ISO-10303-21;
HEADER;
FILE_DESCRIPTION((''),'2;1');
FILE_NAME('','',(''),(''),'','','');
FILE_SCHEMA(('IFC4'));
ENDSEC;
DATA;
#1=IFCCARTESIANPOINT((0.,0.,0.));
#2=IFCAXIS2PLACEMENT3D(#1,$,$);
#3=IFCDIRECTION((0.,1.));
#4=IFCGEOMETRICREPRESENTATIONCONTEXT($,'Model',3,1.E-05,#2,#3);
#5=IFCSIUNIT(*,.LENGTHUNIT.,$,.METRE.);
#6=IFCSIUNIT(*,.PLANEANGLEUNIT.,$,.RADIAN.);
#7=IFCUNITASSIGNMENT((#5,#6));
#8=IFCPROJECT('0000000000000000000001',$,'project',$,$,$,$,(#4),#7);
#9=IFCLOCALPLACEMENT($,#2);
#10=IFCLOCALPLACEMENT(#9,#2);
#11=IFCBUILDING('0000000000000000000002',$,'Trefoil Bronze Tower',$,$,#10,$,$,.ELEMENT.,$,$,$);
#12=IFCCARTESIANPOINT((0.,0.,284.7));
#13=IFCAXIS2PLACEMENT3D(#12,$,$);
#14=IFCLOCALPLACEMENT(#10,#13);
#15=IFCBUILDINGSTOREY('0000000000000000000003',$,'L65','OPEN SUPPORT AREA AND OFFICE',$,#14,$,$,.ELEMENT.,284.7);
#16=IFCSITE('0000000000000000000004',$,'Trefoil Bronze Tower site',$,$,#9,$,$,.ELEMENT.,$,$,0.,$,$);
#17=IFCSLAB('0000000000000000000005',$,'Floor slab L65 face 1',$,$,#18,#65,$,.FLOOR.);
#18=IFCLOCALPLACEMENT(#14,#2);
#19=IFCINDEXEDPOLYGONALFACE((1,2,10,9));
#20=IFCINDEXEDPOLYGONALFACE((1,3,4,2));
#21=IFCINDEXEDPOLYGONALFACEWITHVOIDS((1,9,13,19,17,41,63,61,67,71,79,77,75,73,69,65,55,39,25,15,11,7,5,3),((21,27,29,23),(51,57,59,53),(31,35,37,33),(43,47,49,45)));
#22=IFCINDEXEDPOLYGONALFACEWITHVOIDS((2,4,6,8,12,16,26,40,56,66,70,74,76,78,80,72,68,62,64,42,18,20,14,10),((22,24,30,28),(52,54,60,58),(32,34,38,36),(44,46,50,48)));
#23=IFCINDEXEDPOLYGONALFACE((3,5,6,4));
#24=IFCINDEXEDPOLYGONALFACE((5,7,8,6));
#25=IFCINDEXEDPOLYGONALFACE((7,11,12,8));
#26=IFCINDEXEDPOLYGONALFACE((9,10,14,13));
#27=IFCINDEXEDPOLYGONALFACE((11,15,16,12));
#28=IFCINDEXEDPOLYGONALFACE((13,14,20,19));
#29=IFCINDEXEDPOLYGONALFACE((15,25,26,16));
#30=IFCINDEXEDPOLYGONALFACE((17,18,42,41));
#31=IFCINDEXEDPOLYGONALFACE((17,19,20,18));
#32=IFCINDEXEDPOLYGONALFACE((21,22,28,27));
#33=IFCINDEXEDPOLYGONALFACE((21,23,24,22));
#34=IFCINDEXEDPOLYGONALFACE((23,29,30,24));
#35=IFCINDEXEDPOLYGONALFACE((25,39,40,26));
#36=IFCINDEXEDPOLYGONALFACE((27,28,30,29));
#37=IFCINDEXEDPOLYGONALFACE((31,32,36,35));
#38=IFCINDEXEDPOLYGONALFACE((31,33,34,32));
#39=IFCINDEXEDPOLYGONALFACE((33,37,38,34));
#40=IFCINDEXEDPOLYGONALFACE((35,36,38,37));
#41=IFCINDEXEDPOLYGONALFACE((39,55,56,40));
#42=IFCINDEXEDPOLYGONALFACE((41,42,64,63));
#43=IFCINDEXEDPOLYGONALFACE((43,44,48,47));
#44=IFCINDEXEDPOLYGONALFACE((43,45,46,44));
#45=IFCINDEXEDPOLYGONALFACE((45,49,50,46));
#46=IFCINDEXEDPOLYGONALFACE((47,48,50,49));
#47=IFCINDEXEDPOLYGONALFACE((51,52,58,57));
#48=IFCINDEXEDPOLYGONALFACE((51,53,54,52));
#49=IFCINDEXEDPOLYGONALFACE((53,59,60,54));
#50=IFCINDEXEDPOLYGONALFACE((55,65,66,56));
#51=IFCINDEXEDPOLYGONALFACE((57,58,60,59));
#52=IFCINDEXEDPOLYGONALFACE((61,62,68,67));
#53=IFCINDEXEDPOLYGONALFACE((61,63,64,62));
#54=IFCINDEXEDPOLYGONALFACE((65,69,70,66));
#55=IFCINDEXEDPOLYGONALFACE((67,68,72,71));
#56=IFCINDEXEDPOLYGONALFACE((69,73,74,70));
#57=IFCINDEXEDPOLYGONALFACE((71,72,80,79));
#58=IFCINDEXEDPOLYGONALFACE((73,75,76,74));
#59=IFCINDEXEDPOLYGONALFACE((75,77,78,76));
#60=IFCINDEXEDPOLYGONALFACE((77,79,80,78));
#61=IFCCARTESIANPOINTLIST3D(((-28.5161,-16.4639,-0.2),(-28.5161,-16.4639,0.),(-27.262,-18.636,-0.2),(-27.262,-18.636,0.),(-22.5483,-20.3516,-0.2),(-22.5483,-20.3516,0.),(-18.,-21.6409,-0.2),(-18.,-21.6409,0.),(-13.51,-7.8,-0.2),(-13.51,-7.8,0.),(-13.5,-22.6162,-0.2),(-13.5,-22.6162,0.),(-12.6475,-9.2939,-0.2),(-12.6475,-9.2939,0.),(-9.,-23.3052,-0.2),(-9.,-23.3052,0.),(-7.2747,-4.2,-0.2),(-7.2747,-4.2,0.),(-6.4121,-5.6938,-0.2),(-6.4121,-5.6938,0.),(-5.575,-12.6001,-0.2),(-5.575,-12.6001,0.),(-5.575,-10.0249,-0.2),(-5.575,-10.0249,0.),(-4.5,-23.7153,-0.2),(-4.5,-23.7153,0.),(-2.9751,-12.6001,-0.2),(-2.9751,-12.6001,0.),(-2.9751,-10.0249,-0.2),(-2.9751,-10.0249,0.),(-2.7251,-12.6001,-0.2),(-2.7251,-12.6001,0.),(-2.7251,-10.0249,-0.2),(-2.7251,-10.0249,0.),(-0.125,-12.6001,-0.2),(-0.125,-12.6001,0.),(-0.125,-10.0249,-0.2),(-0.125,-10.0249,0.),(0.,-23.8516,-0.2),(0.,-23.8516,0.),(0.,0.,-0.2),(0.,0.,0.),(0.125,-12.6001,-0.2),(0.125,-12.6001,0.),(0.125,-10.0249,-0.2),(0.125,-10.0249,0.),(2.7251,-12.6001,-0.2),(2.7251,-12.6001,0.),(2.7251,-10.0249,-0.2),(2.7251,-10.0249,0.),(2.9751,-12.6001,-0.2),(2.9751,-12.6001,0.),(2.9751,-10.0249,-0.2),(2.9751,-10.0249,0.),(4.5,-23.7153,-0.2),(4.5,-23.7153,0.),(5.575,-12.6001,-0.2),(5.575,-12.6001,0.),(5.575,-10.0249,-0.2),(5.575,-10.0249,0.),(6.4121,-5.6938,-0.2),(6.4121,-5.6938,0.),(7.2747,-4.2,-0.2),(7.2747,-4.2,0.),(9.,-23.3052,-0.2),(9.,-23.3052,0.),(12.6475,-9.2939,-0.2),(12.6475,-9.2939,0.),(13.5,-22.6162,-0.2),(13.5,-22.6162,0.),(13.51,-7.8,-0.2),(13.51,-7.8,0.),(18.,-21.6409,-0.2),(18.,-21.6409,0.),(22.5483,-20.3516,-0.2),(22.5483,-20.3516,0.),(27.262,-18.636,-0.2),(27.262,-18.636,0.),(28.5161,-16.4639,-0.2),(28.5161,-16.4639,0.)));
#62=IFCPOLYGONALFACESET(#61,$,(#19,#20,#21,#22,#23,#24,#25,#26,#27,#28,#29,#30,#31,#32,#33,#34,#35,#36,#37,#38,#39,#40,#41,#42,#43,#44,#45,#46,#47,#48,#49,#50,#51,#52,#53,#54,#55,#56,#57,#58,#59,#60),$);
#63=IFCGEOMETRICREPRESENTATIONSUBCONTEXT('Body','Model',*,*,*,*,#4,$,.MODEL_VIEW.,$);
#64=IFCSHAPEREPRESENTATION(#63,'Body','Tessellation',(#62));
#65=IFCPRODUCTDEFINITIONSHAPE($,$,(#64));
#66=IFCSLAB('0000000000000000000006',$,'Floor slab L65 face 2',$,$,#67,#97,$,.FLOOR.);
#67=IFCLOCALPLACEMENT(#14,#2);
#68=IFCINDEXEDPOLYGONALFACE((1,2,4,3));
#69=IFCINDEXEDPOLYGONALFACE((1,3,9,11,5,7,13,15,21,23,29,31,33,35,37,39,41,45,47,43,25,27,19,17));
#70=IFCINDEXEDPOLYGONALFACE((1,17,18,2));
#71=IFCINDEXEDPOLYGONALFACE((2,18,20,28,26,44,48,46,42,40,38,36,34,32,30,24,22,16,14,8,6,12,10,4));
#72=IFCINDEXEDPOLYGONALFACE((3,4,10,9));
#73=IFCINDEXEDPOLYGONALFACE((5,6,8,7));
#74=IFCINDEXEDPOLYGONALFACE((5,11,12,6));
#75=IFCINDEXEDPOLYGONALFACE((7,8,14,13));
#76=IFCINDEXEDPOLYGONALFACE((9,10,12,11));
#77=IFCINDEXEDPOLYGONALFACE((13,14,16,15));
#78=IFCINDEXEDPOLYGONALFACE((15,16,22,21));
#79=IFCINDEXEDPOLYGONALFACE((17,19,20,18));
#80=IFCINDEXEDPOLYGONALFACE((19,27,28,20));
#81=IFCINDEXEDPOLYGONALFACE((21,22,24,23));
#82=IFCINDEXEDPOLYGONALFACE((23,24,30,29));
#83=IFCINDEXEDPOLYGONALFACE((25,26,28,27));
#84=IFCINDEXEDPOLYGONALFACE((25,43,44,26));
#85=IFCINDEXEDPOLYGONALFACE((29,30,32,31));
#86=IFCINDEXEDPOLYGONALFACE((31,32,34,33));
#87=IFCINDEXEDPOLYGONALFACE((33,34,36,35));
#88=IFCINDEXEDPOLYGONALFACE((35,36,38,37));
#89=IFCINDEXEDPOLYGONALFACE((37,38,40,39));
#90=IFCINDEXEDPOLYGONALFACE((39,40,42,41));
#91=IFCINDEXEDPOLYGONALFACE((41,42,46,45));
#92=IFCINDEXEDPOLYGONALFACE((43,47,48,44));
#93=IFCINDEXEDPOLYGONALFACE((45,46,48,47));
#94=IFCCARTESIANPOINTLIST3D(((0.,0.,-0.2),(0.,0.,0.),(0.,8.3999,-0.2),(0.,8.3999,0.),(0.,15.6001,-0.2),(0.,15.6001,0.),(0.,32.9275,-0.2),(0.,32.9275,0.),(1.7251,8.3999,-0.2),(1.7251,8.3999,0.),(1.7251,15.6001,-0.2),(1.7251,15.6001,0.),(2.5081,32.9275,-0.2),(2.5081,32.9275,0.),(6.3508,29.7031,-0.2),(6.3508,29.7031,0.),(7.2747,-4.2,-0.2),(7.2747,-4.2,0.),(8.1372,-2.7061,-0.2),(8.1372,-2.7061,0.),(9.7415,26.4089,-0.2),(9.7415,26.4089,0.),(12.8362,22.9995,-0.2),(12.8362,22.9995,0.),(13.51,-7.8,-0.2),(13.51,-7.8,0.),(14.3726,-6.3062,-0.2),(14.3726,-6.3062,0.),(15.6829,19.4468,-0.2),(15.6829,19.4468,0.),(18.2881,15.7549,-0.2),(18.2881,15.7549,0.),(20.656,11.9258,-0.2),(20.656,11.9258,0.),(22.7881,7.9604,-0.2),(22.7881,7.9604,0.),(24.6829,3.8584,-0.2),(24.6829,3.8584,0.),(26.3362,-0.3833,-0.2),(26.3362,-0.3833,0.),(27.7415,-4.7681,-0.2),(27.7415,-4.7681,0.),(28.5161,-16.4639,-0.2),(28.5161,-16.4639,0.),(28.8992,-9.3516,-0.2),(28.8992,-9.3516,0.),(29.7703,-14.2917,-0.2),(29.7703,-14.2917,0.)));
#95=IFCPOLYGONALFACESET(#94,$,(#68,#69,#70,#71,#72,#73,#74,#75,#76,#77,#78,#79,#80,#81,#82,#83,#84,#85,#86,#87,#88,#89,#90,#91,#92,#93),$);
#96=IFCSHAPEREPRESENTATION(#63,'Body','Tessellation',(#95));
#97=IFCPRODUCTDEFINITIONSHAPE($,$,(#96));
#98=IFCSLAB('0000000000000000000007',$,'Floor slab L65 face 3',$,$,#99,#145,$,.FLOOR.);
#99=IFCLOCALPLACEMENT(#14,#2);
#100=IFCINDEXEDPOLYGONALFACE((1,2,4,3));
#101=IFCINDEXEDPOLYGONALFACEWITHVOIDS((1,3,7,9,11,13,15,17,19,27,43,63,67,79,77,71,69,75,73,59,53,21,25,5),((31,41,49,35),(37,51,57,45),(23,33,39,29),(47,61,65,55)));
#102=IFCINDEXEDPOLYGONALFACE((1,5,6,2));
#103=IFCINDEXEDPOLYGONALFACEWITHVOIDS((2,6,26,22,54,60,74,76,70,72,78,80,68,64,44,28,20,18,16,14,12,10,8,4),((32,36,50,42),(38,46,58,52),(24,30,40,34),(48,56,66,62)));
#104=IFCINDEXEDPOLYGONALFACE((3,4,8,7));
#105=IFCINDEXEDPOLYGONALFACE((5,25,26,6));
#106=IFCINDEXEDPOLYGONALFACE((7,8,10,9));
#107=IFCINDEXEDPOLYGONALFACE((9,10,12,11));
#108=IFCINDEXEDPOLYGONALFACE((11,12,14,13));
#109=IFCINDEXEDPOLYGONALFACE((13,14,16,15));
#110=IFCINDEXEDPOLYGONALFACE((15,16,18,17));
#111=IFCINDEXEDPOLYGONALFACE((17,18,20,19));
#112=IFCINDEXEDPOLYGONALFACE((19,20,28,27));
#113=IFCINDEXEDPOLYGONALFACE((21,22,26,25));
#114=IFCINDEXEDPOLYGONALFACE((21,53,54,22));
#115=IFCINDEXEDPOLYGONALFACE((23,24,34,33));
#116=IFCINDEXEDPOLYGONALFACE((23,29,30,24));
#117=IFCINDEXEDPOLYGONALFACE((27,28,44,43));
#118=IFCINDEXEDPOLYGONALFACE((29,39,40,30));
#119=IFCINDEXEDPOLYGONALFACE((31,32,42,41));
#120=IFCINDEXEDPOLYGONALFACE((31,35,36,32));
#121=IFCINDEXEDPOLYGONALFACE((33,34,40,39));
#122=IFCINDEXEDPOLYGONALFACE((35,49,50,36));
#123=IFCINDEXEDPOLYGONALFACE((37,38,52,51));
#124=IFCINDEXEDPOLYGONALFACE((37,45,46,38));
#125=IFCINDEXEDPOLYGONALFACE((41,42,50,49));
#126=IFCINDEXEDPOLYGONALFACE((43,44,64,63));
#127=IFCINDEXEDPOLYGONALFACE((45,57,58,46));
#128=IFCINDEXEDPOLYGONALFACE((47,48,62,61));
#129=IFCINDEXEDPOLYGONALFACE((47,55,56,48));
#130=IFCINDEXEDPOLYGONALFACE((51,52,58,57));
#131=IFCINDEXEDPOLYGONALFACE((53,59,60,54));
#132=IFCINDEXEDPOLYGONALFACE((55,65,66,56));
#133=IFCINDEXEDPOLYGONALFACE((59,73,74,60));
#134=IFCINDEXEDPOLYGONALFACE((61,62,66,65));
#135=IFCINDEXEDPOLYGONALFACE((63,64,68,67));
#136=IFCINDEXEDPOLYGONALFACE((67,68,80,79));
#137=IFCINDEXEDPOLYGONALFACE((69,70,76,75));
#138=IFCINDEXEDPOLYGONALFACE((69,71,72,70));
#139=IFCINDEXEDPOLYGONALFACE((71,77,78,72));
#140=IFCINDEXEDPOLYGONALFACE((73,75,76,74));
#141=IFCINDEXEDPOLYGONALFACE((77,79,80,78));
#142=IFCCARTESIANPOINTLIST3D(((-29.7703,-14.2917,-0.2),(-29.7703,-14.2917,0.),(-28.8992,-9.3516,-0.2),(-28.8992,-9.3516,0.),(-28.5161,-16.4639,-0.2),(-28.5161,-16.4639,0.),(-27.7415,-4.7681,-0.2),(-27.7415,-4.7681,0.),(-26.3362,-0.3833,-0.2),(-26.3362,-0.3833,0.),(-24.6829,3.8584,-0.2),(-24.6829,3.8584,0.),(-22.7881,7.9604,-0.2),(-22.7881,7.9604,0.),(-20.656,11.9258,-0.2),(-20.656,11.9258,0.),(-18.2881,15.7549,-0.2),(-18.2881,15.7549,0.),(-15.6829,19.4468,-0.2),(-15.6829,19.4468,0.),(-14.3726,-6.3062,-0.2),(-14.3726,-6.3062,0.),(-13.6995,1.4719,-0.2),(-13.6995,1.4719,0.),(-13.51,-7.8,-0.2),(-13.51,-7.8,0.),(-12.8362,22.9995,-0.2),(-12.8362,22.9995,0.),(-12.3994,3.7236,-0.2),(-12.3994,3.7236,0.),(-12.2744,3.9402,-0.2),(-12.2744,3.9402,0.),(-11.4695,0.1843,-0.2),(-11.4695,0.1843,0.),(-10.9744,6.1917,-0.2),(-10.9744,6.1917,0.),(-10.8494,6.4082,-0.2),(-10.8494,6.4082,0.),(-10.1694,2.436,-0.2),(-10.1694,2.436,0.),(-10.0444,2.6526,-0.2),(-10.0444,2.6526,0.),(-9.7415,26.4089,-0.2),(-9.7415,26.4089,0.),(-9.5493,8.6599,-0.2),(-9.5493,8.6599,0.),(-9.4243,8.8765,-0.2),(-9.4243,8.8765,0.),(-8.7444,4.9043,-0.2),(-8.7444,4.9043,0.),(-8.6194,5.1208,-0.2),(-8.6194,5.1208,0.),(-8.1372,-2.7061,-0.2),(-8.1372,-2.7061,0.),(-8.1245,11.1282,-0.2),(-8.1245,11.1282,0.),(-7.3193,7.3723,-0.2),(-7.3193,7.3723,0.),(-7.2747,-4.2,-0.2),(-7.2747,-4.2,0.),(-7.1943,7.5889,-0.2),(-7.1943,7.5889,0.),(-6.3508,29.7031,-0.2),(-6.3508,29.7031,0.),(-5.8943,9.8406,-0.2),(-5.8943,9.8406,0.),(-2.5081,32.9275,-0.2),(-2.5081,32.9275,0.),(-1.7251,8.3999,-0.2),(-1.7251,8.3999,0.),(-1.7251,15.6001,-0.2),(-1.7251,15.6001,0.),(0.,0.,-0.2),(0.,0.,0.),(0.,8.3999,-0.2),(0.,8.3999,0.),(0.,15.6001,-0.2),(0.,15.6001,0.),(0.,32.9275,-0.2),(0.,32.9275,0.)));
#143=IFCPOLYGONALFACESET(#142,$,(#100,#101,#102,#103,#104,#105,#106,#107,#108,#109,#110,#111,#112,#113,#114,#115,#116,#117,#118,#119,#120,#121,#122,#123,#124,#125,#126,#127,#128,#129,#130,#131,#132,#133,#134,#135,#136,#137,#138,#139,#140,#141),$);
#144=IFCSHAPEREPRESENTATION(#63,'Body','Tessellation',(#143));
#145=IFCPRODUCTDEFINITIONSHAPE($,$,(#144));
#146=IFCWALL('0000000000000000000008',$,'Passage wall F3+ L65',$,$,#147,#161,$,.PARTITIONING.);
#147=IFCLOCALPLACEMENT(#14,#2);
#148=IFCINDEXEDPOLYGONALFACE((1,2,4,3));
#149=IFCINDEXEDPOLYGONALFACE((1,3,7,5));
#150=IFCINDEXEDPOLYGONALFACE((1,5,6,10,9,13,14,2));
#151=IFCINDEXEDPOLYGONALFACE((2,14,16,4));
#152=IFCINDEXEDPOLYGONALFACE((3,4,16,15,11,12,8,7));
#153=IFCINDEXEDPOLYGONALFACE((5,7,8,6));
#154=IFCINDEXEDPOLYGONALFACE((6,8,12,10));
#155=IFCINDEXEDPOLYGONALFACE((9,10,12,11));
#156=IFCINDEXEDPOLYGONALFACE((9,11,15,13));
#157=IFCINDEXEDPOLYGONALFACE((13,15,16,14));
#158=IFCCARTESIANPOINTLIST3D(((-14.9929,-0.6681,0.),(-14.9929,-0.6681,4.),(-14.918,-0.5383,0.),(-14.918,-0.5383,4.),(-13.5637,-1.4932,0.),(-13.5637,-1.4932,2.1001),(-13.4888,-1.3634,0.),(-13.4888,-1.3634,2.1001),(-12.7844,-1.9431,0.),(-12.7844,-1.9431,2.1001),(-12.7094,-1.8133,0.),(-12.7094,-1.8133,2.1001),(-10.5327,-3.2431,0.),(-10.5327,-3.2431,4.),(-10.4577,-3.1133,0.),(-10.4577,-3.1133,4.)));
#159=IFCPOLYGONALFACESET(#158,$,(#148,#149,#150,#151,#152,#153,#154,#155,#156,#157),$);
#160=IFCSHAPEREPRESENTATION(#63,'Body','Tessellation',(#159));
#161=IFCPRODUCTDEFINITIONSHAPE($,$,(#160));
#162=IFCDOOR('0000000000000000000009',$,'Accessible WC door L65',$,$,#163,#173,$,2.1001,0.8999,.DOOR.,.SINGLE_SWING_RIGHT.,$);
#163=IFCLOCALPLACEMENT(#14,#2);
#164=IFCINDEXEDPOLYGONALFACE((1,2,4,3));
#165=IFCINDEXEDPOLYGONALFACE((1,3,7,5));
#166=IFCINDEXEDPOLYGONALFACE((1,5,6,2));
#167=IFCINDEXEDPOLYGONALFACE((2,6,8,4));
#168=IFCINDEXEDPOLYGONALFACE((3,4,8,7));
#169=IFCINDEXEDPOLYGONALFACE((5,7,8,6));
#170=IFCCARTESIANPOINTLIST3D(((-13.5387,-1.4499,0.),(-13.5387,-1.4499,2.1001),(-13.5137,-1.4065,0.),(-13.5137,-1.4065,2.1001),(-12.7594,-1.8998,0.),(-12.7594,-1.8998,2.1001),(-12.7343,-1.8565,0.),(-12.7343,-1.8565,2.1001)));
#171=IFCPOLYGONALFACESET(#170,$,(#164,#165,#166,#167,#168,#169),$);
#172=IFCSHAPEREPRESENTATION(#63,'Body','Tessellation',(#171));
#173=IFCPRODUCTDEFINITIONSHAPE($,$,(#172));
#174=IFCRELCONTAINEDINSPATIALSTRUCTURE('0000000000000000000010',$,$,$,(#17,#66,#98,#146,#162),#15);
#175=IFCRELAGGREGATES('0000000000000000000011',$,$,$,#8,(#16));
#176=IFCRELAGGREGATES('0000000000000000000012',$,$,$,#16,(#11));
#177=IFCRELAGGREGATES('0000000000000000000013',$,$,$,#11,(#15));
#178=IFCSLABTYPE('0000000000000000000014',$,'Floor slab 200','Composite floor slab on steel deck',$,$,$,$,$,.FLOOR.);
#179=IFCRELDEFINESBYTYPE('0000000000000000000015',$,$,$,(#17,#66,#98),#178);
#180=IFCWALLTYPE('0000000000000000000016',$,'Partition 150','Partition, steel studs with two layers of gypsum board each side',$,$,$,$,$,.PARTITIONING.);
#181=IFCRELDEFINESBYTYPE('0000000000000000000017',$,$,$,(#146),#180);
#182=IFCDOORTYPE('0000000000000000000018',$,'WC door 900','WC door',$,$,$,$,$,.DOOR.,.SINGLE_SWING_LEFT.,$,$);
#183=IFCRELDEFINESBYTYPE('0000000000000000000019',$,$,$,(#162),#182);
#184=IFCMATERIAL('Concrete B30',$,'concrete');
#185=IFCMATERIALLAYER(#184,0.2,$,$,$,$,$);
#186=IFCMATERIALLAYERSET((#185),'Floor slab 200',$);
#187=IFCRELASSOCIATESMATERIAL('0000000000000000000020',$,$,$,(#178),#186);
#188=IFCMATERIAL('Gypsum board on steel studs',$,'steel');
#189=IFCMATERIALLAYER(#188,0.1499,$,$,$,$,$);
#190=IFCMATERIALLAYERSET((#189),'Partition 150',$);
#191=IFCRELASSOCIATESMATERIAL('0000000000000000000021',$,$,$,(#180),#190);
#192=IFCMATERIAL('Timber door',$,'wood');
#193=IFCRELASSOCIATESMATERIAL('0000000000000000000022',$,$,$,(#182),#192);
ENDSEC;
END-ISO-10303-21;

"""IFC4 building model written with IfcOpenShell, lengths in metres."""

from ifc_helpers import new_model, si_unit, direction, frame, frame_2d, origin, place, context, subcontext, project, spatial, polyline, rectangle, outline, extrude, material, layer, layer_set, type_object, element, fill, save


model = new_model("IFC4")

# Units and contexts
model_context = context("Model", 3, precision=1e-05, world=origin(), true_north=direction((0.0, 1.0)))
body_context = subcontext(model_context, "Body", "Model", "MODEL_VIEW")
ifc_project = project(units=[si_unit("LENGTHUNIT", "METRE"), si_unit("PLANEANGLEUNIT", "RADIAN")], contexts=[model_context])

# Site, building, storey
site_placement = place(None, origin())
site = spatial("IfcSite", under=ifc_project, at=site_placement, Name="Trefoil Bronze Tower site", CompositionType="ELEMENT", RefElevation=0.0)
building_placement = place(site_placement, origin())
building = spatial("IfcBuilding", under=site, at=building_placement, Name="Trefoil Bronze Tower", CompositionType="ELEMENT")
storey_placement = place(building_placement, frame((0.0, 0.0, 284.7)))
storey = spatial("IfcBuildingStorey", under=building, at=storey_placement, Name="L65", Description="OPEN SUPPORT AREA AND OFFICE", CompositionType="ELEMENT", Elevation=284.7)

# Slabs
ifc_material_1 = material(Name="Concrete B30", Category="concrete")
ifc_layer_1 = layer(ifc_material_1, 0.2)
ifc_layer_set_1 = layer_set([ifc_layer_1], Name="Floor slab 200")
slab_type = type_object("IfcSlabType", Name="Floor slab 200", Description="Composite floor slab on steel deck", PredefinedType="FLOOR", material=ifc_layer_set_1)
slab_1_placement = place(storey_placement, frame((0.0, 0.0, -0.2)))
element("IfcSlab", 1, at=slab_1_placement, inside=storey, type_object=slab_type, Name="Floor slab L65 face 1", PredefinedType="FLOOR", context=body_context, shape_type="SweptSolid", body=[
    extrude(outline(polyline([(13.5, -22.6162), (9.0, -23.3052), (4.5, -23.7153), (0.0, -23.8516), (-4.5, -23.7153), (-9.0, -23.3052), (-13.5, -22.6162), (-18.0, -21.6409), (-22.5483, -20.3516), (-27.262, -18.636), (-28.5161, -16.4639), (-13.51, -7.8), (-12.6475, -9.2939), (-6.4121, -5.6938), (-7.2747, -4.2), (0.0, 0.0), (7.2747, -4.2), (6.4121, -5.6938), (12.6475, -9.2939), (13.51, -7.8), (28.5161, -16.4639), (27.262, -18.636), (22.5483, -20.3516), (18.0, -21.6409), (13.5, -22.6162)]), holes=[polyline([(-5.575, -10.0249), (-2.9751, -10.0249), (-2.9751, -12.6001), (-5.575, -12.6001), (-5.575, -10.0249)]), polyline([(-2.7251, -10.0249), (-0.125, -10.0249), (-0.125, -12.6001), (-2.7251, -12.6001), (-2.7251, -10.0249)]), polyline([(0.125, -10.0249), (2.7251, -10.0249), (2.7251, -12.6001), (0.125, -12.6001), (0.125, -10.0249)]), polyline([(2.9751, -10.0249), (5.575, -10.0249), (5.575, -12.6001), (2.9751, -12.6001), (2.9751, -10.0249)])]), origin(), (0.0, 0.0, 1.0), 0.2),
])
slab_2_placement = place(storey_placement, frame((0.0, 0.0, -0.2)))
element("IfcSlab", 2, at=slab_2_placement, inside=storey, type_object=slab_type, Name="Floor slab L65 face 2", PredefinedType="FLOOR", context=body_context, shape_type="SweptSolid", body=[
    extrude(outline(polyline([(12.8362, 22.9995), (15.6829, 19.4468), (18.2881, 15.7549), (20.656, 11.9258), (22.7881, 7.9604), (24.6829, 3.8584), (26.3362, -0.3833), (27.7415, -4.7681), (28.8992, -9.3516), (29.7703, -14.2917), (28.5161, -16.4639), (13.51, -7.8), (14.3726, -6.3062), (8.1372, -2.7061), (7.2747, -4.2), (0.0, 0.0), (0.0, 8.3999), (1.7251, 8.3999), (1.7251, 15.6001), (0.0, 15.6001), (0.0, 32.9275), (2.5081, 32.9275), (6.3508, 29.7031), (9.7415, 26.4089), (12.8362, 22.9995)])), origin(), (0.0, 0.0, 1.0), 0.2),
])
slab_3_placement = place(storey_placement, frame((0.0, 0.0, -0.2)))
element("IfcSlab", 3, at=slab_3_placement, inside=storey, type_object=slab_type, Name="Floor slab L65 face 3", PredefinedType="FLOOR", context=body_context, shape_type="SweptSolid", body=[
    extrude(outline(polyline([(-26.3362, -0.3833), (-24.6829, 3.8584), (-22.7881, 7.9604), (-20.656, 11.9258), (-18.2881, 15.7549), (-15.6829, 19.4468), (-12.8362, 22.9995), (-9.7415, 26.4089), (-6.3508, 29.7031), (-2.5081, 32.9275), (0.0, 32.9275), (0.0, 15.6001), (-1.7251, 15.6001), (-1.7251, 8.3999), (0.0, 8.3999), (0.0, 0.0), (-7.2747, -4.2), (-8.1372, -2.7061), (-14.3726, -6.3062), (-13.51, -7.8), (-28.5161, -16.4639), (-29.7703, -14.2917), (-28.8992, -9.3516), (-27.7415, -4.7681), (-26.3362, -0.3833)]), holes=[polyline([(-5.8943, 9.8406), (-7.1943, 7.5889), (-9.4243, 8.8765), (-8.1245, 11.1282), (-5.8943, 9.8406)]), polyline([(-7.3193, 7.3723), (-8.6194, 5.1208), (-10.8494, 6.4082), (-9.5493, 8.6599), (-7.3193, 7.3723)]), polyline([(-8.7444, 4.9043), (-10.0444, 2.6526), (-12.2744, 3.9402), (-10.9744, 6.1917), (-8.7444, 4.9043)]), polyline([(-10.1694, 2.436), (-11.4695, 0.1843), (-13.6995, 1.4719), (-12.3994, 3.7236), (-10.1694, 2.436)])]), origin(), (0.0, 0.0, 1.0), 0.2),
])

# Wall, opening, door
ifc_material_2 = material(Name="Gypsum board on steel studs", Category="steel")
ifc_layer_2 = layer(ifc_material_2, 0.1499)
ifc_layer_set_2 = layer_set([ifc_layer_2], Name="Partition 150")
wall_type_1 = type_object("IfcWallType", Name="Partition 150", Description="Partition, steel studs with two layers of gypsum board each side", PredefinedType="PARTITIONING", material=ifc_layer_set_2)
wall_1_placement = place(storey_placement, frame((-10.4951, -3.1782, 0.0), z_axis=(0.0, 0.0, 1.0), x_axis=(-0.866038, 0.499978, 0.0)))
wall_1 = element("IfcWall", 4, at=wall_1_placement, inside=storey, type_object=wall_type_1, Name="Passage wall F3+ L65", PredefinedType="PARTITIONING", context=body_context, shape_type="SweptSolid", body=[
    extrude(rectangle(XDim=5.1501, YDim=0.1499, at=frame_2d((2.5752, 0.0))), origin(), (0.0, 0.0, 1.0), 4.0),
])
opening_1_placement = place(wall_1_placement, frame((2.6001, 0.0, 0.0)))
opening_1 = element("IfcOpeningElement", 5, at=opening_1_placement, cuts=wall_1, PredefinedType="OPENING", context=body_context, shape_type="SweptSolid", body=[
    extrude(rectangle(XDim=0.8999, YDim=2.1001, at=frame_2d((0.45, 1.05))), frame((0.0, 0.085, 0.0), z_axis=(0.0, -1.0, 0.0), x_axis=(1.0, 0.0, 0.0)), (0.0, 0.0, 1.0), 0.1699),
])
ifc_material_3 = material(Name="Timber door", Category="wood")
door_type_1 = type_object("IfcDoorType", Name="WC door 900", Description="WC door", OperationType="SINGLE_SWING_LEFT", PredefinedType="DOOR", material=ifc_material_3)
door_1_placement = place(opening_1_placement, origin())
door_1 = element("IfcDoor", 6, at=door_1_placement, inside=storey, type_object=door_type_1, Name="Accessible WC door L65", OperationType="SINGLE_SWING_RIGHT", OverallHeight=2.1001, OverallWidth=0.8999, PredefinedType="DOOR", context=body_context, shape_type="SweptSolid", body=[
    extrude(rectangle(XDim=0.8999, YDim=2.1001, at=frame_2d((0.45, 1.05))), frame((0.0, 0.0249, 0.0), z_axis=(0.0, -1.0, 0.0), x_axis=(1.0, 0.0, 0.0)), (0.0, 0.0, 1.0), 0.05),
])
fill(opening_1, door_1)

save(model, "model.ifc")
